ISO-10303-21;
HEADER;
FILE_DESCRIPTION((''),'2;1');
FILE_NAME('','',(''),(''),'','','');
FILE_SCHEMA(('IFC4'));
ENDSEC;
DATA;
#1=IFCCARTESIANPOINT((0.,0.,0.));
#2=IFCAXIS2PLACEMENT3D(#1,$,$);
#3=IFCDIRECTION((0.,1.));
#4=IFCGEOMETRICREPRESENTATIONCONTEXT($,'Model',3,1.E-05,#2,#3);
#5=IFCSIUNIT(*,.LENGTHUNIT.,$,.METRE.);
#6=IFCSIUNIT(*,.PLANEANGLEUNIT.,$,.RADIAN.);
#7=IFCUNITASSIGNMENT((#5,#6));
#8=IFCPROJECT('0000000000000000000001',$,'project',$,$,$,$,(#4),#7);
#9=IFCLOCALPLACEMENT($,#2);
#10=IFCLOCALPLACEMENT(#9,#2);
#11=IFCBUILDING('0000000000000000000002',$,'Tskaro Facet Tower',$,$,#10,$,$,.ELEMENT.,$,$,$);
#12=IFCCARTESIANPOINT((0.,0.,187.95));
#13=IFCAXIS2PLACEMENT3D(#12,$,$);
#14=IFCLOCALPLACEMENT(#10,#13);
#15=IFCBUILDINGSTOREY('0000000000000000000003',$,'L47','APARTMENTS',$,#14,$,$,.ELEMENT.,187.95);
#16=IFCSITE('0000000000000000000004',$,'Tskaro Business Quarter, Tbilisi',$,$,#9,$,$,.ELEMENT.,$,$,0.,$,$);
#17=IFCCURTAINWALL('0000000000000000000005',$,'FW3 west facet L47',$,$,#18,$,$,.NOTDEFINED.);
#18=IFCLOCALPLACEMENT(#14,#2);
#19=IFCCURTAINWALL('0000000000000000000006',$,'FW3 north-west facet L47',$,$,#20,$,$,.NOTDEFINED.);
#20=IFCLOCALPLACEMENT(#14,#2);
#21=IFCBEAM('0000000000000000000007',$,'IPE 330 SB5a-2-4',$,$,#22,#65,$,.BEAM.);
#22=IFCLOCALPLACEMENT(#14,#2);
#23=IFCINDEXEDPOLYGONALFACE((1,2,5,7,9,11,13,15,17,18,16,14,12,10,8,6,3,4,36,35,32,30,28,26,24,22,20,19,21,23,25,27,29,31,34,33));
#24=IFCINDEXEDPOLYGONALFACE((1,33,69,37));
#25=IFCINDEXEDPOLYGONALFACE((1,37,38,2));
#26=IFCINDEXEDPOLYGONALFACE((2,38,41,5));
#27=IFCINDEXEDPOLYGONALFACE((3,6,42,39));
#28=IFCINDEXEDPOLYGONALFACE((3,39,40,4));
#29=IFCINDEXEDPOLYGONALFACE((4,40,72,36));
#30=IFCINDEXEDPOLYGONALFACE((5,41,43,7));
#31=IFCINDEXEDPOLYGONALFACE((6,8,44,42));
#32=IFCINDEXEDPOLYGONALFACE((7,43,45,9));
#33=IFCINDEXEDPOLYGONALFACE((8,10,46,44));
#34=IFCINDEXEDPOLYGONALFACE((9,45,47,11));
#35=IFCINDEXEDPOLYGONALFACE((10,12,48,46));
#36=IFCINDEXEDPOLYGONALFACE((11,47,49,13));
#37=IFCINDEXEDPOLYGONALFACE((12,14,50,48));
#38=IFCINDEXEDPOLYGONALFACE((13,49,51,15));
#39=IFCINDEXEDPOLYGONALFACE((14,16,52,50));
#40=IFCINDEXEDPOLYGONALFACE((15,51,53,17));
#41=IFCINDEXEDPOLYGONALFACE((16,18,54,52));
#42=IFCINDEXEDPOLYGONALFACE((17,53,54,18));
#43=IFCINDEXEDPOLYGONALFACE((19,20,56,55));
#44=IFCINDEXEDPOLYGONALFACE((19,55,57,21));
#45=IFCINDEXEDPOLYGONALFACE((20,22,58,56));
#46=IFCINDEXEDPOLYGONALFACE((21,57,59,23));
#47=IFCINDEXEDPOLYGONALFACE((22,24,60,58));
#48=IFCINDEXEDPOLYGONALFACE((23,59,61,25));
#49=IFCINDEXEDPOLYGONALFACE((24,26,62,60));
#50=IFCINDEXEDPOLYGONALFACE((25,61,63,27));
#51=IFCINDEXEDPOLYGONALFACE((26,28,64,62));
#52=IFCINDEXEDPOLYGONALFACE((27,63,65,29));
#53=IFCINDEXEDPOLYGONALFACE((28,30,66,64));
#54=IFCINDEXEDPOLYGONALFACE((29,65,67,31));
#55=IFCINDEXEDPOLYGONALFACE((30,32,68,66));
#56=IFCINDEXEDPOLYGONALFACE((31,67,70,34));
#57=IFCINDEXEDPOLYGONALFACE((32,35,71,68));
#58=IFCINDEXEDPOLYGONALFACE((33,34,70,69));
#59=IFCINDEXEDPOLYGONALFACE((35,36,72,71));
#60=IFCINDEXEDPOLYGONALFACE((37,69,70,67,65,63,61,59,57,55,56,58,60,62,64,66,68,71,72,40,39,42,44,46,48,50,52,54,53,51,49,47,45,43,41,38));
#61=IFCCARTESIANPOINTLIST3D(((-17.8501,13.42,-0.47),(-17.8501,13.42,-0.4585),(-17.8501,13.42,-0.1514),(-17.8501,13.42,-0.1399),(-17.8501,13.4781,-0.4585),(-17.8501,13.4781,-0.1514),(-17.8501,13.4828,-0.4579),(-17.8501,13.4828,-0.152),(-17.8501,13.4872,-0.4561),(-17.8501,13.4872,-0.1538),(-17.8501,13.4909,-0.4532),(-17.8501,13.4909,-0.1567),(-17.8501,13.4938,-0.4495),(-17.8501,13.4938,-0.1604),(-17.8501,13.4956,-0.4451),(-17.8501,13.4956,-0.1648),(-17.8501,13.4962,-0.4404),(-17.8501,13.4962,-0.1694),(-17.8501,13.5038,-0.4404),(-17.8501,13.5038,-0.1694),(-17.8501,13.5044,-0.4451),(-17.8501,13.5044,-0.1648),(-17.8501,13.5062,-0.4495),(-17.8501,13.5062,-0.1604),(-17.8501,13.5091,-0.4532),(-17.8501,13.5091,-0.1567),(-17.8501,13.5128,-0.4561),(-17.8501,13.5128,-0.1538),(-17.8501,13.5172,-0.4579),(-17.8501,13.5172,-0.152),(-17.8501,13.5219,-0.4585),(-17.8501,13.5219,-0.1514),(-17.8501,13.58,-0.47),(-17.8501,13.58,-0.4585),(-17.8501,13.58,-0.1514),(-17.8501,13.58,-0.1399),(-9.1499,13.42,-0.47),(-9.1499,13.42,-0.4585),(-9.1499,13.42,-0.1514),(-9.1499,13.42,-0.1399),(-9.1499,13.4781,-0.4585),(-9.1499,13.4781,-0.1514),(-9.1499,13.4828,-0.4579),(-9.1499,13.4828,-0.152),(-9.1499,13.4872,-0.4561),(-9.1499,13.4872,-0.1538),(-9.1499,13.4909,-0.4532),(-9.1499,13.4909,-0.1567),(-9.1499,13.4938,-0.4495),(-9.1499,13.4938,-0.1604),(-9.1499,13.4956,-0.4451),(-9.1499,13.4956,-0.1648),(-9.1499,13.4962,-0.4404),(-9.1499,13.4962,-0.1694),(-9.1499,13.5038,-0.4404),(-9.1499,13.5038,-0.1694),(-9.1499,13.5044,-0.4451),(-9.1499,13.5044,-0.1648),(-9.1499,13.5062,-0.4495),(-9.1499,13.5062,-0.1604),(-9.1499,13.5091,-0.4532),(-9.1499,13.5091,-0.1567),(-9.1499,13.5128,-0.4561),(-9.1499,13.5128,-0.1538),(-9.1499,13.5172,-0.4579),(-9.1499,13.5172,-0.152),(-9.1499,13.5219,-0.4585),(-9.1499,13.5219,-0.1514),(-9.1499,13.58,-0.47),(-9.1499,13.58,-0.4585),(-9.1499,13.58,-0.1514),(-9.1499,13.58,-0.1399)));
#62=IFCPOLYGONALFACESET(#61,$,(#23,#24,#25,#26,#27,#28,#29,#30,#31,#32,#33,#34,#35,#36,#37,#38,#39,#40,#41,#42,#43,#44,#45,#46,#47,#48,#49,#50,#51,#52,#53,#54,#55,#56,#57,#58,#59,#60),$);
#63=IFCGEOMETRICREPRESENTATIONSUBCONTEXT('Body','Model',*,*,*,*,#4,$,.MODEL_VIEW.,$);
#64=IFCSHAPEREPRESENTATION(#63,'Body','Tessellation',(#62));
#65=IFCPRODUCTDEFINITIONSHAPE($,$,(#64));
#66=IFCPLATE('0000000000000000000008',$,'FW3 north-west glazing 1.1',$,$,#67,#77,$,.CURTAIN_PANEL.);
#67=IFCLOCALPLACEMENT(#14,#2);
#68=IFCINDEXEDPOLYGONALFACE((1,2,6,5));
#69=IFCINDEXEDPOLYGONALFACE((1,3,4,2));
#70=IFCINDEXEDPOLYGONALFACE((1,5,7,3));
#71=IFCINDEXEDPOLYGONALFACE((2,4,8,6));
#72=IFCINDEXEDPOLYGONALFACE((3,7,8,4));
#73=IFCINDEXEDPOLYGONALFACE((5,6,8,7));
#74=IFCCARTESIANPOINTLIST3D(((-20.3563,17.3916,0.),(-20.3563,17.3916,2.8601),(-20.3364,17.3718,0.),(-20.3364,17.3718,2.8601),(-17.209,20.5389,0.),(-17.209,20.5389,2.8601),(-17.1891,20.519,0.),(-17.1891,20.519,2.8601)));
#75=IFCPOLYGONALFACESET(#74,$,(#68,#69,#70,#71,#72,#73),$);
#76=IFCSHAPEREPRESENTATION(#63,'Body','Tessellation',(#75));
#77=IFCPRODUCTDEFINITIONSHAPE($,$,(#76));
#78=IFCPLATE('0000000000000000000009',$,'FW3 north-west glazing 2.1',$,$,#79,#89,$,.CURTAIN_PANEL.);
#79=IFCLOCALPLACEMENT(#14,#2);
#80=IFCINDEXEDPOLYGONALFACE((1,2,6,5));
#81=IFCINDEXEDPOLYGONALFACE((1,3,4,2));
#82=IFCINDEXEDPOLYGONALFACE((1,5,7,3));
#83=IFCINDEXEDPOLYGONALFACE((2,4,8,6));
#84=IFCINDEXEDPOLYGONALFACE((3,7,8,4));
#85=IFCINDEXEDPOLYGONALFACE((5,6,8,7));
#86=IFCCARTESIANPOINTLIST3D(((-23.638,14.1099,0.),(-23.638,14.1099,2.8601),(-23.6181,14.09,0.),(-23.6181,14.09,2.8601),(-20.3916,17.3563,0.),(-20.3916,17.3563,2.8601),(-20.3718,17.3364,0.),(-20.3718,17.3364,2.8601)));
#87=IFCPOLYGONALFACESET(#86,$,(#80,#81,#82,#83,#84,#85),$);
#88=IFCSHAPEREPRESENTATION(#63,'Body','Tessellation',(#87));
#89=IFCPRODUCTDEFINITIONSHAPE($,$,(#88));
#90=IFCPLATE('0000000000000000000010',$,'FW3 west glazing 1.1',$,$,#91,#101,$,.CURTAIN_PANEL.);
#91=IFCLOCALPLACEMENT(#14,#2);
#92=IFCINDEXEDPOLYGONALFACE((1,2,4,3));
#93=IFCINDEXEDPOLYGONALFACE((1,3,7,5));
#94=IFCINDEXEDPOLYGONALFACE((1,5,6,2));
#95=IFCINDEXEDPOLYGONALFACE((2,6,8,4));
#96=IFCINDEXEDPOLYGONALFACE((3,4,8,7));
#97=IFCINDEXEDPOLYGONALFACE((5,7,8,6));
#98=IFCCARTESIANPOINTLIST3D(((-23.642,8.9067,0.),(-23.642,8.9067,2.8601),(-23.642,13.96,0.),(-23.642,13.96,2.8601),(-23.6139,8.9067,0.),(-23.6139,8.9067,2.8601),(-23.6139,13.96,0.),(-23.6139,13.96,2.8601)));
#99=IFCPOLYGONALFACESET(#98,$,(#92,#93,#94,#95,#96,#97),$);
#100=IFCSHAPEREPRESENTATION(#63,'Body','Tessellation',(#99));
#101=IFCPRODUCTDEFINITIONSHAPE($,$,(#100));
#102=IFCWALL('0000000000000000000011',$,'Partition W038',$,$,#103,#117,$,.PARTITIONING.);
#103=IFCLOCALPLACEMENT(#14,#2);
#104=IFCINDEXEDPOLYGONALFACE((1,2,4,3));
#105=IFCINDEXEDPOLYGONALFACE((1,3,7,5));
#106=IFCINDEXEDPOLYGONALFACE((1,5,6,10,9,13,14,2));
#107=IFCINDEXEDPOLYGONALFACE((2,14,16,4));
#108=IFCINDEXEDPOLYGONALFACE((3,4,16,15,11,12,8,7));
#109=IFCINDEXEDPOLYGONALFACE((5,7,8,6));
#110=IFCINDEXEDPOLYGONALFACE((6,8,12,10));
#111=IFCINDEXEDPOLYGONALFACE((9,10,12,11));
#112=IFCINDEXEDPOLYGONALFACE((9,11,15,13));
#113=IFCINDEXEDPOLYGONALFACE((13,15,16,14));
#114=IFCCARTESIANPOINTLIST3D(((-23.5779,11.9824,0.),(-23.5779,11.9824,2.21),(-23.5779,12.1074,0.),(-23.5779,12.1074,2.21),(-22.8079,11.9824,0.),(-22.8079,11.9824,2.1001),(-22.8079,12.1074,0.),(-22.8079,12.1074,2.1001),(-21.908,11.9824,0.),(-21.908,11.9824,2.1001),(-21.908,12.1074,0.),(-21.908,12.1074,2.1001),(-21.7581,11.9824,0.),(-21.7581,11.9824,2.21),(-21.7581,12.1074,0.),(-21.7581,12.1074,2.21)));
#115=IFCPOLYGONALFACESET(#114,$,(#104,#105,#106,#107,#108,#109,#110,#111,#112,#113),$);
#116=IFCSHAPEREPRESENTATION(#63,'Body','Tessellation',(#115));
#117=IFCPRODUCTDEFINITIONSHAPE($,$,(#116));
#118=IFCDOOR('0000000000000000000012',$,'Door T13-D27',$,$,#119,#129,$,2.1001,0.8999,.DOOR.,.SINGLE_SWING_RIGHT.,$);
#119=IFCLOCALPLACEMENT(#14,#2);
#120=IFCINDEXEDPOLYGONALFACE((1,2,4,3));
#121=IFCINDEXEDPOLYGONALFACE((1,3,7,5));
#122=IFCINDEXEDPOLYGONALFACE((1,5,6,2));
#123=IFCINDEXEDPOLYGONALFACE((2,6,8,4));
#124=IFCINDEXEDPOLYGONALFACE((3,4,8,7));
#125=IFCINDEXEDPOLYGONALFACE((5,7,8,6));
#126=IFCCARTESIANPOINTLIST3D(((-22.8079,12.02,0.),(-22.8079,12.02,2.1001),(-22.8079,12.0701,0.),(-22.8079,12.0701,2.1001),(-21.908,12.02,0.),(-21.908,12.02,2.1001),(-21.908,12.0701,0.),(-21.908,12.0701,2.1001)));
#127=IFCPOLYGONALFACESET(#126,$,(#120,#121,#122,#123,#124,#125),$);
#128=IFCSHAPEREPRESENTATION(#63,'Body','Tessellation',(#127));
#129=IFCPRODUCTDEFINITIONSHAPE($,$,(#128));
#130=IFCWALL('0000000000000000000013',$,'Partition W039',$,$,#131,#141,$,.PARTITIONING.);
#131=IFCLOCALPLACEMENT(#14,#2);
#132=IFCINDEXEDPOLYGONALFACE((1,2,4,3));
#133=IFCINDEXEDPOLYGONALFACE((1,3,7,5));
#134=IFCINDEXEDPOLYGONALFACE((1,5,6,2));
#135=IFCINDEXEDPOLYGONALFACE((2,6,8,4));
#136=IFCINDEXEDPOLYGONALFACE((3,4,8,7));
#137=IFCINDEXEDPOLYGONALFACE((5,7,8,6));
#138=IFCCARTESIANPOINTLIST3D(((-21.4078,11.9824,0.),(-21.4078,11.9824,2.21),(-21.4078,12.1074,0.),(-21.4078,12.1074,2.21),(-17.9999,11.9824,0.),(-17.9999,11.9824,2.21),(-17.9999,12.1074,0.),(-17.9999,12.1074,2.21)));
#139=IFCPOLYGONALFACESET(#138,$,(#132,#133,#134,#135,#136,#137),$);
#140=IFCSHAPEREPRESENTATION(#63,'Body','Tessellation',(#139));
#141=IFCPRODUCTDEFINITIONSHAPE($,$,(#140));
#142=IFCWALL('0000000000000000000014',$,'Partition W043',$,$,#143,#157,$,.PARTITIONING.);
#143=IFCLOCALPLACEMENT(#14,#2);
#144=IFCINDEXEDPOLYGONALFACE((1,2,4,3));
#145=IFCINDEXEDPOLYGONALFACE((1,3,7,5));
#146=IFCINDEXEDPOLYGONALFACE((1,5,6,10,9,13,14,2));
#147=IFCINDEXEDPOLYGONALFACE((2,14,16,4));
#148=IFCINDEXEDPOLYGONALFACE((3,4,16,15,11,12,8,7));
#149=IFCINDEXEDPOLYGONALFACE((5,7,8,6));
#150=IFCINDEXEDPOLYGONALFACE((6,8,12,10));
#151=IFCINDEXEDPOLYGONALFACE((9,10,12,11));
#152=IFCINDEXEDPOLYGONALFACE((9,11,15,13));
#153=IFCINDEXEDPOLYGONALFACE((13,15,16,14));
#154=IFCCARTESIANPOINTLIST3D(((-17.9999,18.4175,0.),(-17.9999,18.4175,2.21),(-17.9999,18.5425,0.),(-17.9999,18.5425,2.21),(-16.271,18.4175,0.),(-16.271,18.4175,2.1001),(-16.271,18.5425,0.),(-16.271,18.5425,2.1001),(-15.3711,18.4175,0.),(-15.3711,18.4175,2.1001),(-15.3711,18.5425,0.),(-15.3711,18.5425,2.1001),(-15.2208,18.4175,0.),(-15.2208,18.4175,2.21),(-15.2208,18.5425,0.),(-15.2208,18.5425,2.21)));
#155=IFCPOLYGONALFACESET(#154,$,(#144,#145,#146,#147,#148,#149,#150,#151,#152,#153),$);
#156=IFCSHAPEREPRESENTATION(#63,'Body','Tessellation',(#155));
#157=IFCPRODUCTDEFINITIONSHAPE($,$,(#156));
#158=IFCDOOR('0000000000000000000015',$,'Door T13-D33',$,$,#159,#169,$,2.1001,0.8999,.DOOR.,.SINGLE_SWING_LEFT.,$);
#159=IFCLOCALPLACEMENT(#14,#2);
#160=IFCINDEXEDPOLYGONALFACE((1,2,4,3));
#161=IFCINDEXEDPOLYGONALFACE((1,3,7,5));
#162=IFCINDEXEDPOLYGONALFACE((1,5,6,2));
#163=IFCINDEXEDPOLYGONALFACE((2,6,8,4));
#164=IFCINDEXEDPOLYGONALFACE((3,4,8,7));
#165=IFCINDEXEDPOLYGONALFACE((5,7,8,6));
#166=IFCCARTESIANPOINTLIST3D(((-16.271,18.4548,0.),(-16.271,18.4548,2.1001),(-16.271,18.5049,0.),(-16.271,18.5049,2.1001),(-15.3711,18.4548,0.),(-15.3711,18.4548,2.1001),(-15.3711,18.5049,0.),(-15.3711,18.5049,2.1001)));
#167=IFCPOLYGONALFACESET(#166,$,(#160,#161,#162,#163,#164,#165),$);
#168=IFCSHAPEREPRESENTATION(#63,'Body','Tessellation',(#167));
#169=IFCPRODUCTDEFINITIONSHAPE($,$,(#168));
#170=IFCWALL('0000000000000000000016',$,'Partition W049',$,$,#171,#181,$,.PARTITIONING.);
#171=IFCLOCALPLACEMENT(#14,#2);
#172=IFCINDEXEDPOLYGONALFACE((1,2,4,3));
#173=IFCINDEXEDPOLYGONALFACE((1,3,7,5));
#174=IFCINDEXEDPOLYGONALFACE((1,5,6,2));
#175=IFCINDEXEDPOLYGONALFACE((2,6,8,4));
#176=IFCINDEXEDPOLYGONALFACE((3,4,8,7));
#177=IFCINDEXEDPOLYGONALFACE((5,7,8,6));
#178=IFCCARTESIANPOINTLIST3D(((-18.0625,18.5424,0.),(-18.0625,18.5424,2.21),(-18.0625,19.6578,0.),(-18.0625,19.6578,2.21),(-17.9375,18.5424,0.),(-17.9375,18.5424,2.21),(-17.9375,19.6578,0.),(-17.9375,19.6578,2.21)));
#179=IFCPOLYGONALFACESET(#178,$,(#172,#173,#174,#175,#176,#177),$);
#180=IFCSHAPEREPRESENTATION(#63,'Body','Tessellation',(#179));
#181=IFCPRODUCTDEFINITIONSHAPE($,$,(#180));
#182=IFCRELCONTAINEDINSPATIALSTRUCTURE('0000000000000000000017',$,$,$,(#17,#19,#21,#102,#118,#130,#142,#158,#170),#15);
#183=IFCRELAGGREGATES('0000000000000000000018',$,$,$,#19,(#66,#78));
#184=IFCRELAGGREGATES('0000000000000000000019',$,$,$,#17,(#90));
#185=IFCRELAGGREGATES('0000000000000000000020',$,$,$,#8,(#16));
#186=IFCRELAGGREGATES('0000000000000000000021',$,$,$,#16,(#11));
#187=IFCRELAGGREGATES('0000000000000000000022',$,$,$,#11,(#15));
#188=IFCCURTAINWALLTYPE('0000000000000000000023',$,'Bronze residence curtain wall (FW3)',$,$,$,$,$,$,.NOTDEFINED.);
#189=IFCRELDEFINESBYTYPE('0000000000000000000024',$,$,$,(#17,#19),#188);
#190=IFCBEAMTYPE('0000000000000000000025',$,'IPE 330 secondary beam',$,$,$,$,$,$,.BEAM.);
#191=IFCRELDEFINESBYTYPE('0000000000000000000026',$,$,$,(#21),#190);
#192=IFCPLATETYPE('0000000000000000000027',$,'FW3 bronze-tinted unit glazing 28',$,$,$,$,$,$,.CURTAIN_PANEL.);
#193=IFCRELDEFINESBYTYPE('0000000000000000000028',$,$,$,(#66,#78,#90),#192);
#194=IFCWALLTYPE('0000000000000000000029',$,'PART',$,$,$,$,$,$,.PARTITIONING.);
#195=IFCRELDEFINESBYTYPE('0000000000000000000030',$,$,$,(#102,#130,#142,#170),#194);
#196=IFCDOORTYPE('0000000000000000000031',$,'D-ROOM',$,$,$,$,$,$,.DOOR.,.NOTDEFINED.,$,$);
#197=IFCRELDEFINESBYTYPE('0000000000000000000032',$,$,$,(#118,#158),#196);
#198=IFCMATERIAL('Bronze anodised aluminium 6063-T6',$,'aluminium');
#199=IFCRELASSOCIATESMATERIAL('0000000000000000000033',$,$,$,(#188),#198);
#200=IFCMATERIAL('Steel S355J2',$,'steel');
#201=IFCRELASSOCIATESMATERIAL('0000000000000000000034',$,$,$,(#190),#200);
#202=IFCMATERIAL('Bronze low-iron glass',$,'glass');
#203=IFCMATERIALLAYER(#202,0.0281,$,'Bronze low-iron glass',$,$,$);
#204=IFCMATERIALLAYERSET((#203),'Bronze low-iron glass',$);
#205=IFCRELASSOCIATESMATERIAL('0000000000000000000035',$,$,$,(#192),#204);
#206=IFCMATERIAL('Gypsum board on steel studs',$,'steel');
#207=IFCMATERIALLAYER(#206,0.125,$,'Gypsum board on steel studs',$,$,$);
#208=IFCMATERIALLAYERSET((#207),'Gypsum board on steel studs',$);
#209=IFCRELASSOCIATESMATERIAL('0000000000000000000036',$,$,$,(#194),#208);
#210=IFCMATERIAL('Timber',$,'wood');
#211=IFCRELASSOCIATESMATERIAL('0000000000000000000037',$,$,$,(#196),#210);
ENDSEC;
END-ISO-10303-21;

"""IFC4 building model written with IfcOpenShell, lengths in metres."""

from ifc_helpers import new_model, si_unit, direction, frame, frame_2d, origin, origin_2d, place, context, subcontext, project, spatial, rectangle, i_section, extrude, material, layer, layer_set, material_profile, profile_set, type_object, element, fill, aggregate, save


model = new_model("IFC4")

# Units and contexts
model_context = context("Model", 3, precision=1e-05, world=origin(), true_north=direction((0.0, 1.0)))
body_context = subcontext(model_context, "Body", "Model", "MODEL_VIEW")
ifc_project = project(units=[si_unit("LENGTHUNIT", "METRE"), si_unit("PLANEANGLEUNIT", "RADIAN")], contexts=[model_context])

# Site, building, storey
site_placement = place(None, origin())
site = spatial("IfcSite", under=ifc_project, at=site_placement, Name="Tskaro Business Quarter, Tbilisi", CompositionType="ELEMENT", RefElevation=0.0)
building_placement = place(site_placement, origin())
building = spatial("IfcBuilding", under=site, at=building_placement, Name="Tskaro Facet Tower", CompositionType="ELEMENT")
storey_placement = place(building_placement, frame((0.0, 0.0, 187.95)))
storey = spatial("IfcBuildingStorey", under=building, at=storey_placement, Name="L47", Description="APARTMENTS", CompositionType="ELEMENT", Elevation=187.95)

# Curtain wall
ifc_material_1 = material(Name="Bronze anodised aluminium 6063-T6", Category="aluminium")
curtain_wall_type = type_object("IfcCurtainWallType", Name="Bronze residence curtain wall (FW3)", PredefinedType="NOTDEFINED", material=ifc_material_1)
curtain_wall_1_placement = place(storey_placement, origin())
curtain_wall_1 = element("IfcCurtainWall", 1, at=curtain_wall_1_placement, inside=storey, type_object=curtain_wall_type, Name="FW3 west facet L47", PredefinedType="NOTDEFINED")

# Curtain wall
curtain_wall_2_placement = place(storey_placement, origin())
curtain_wall_2 = element("IfcCurtainWall", 2, at=curtain_wall_2_placement, inside=storey, type_object=curtain_wall_type, Name="FW3 north-west facet L47", PredefinedType="NOTDEFINED")

# Beam
ifc_material_2 = material(Name="Steel S355J2", Category="steel")
ifc_material_profile_1 = material_profile(ifc_material_2, i_section(OverallWidth=0.1599, OverallDepth=0.3301, WebThickness=0.0076, FlangeThickness=0.0115, FilletRadius=0.0181, at=origin_2d()), Name="IPE 330")
ifc_profile_set_1 = profile_set([ifc_material_profile_1], Name="Steel S355J2")
beam_type_1 = type_object("IfcBeamType", Name="IPE 330 secondary beam", PredefinedType="BEAM", material=ifc_profile_set_1)
beam_1_placement = place(storey_placement, frame((-17.8501, 13.5, -0.3049), z_axis=(1.0, 0.0, 0.0), x_axis=(0.0, 1.0, 0.0)))
element("IfcBeam", 3, at=beam_1_placement, inside=storey, type_object=beam_type_1, Name="IPE 330 SB5a-2-4", PredefinedType="BEAM", context=body_context, shape_type="SweptSolid", body=[
    extrude(i_section(OverallWidth=0.1599, OverallDepth=0.3301, WebThickness=0.0076, FlangeThickness=0.0115, FilletRadius=0.0181, at=origin_2d()), origin(), (0.0, 0.0, 1.0), 8.7002),
])

# Plates
ifc_material_3 = material(Name="Bronze low-iron glass", Category="glass")
ifc_layer_1 = layer(ifc_material_3, 0.0281, Name="Bronze low-iron glass")
ifc_layer_set_1 = layer_set([ifc_layer_1], Name="Bronze low-iron glass")
plate_type = type_object("IfcPlateType", Name="FW3 bronze-tinted unit glazing 28", PredefinedType="CURTAIN_PANEL", material=ifc_layer_set_1)
plate_1_placement = place(storey_placement, frame((-18.7727, 18.9553, 0.0), z_axis=(0.0, 0.0, 1.0), x_axis=(-0.707107, -0.707107, 0.0)))
plate_1 = element("IfcPlate", 4, at=plate_1_placement, type_object=plate_type, Name="FW3 north-west glazing 1.1", PredefinedType="CURTAIN_PANEL", context=body_context, shape_type="SweptSolid", body=[
    extrude(rectangle(XDim=4.4509, YDim=0.0281, at=origin_2d()), origin(), (0.0, 0.0, 1.0), 2.8601),
])
plate_2_placement = place(storey_placement, frame((-22.0049, 15.7231, 0.0), z_axis=(0.0, 0.0, 1.0), x_axis=(-0.707107, -0.707107, 0.0)))
plate_2 = element("IfcPlate", 5, at=plate_2_placement, type_object=plate_type, Name="FW3 north-west glazing 2.1", PredefinedType="CURTAIN_PANEL", context=body_context, shape_type="SweptSolid", body=[
    extrude(rectangle(XDim=4.5911, YDim=0.0281, at=origin_2d()), origin(), (0.0, 0.0, 1.0), 2.8601),
])
aggregate(curtain_wall_2, [plate_1, plate_2])
plate_3_placement = place(storey_placement, frame((-23.6279, 11.4333, 0.0), z_axis=(0.0, 0.0, 1.0), x_axis=(0.0, -1.0, 0.0)))
plate_3 = element("IfcPlate", 6, at=plate_3_placement, type_object=plate_type, Name="FW3 west glazing 1.1", PredefinedType="CURTAIN_PANEL", context=body_context, shape_type="SweptSolid", body=[
    extrude(rectangle(XDim=5.0532, YDim=0.0281, at=origin_2d()), origin(), (0.0, 0.0, 1.0), 2.8601),
])
aggregate(curtain_wall_1, [plate_3])

# Wall, opening, door
ifc_material_4 = material(Name="Gypsum board on steel studs", Category="steel")
ifc_layer_2 = layer(ifc_material_4, 0.125, Name="Gypsum board on steel studs")
ifc_layer_set_2 = layer_set([ifc_layer_2], Name="Gypsum board on steel studs")
wall_type = type_object("IfcWallType", Name="PART", PredefinedType="PARTITIONING", material=ifc_layer_set_2)
wall_1_placement = place(storey_placement, frame((-21.7581, 12.0449, 0.0), z_axis=(0.0, 0.0, 1.0), x_axis=(-1.0, 0.0, 0.0)))
wall_1 = element("IfcWall", 7, at=wall_1_placement, inside=storey, type_object=wall_type, Name="Partition W038", PredefinedType="PARTITIONING", context=body_context, shape_type="SweptSolid", body=[
    extrude(rectangle(XDim=1.8198, YDim=0.125, at=frame_2d((0.9099, 0.0))), origin(), (0.0, 0.0, 1.0), 2.21),
])
opening_1_placement = place(wall_1_placement, frame((0.1499, 0.0, 0.0)))
opening_1 = element("IfcOpeningElement", 8, at=opening_1_placement, cuts=wall_1, PredefinedType="OPENING", context=body_context, shape_type="SweptSolid", body=[
    extrude(rectangle(XDim=0.8999, YDim=2.1001, at=frame_2d((0.45, 1.05))), frame((0.0, 0.0725, 0.0), z_axis=(0.0, -1.0, 0.0), x_axis=(1.0, 0.0, 0.0)), (0.0, 0.0, 1.0), 0.145),
])
ifc_material_5 = material(Name="Timber", Category="wood")
door_type = type_object("IfcDoorType", Name="D-ROOM", OperationType="NOTDEFINED", PredefinedType="DOOR", material=ifc_material_5)
door_1_placement = place(opening_1_placement, origin())
door_1 = element("IfcDoor", 9, at=door_1_placement, inside=storey, type_object=door_type, Name="Door T13-D27", OperationType="SINGLE_SWING_RIGHT", OverallHeight=2.1001, OverallWidth=0.8999, PredefinedType="DOOR", context=body_context, shape_type="SweptSolid", body=[
    extrude(rectangle(XDim=0.8999, YDim=2.1001, at=frame_2d((0.45, 1.05))), frame((0.0, 0.0249, 0.0), z_axis=(0.0, -1.0, 0.0), x_axis=(1.0, 0.0, 0.0)), (0.0, 0.0, 1.0), 0.05),
])
fill(opening_1, door_1)

# Wall
wall_2_placement = place(storey_placement, frame((-21.408, 12.0449, 0.0), z_axis=(0.0, 0.0, 1.0), x_axis=(1.0, 0.0, 0.0)))
element("IfcWall", 10, at=wall_2_placement, inside=storey, type_object=wall_type, Name="Partition W039", PredefinedType="PARTITIONING", context=body_context, shape_type="SweptSolid", body=[
    extrude(rectangle(XDim=3.408, YDim=0.125, at=frame_2d((1.7041, 0.0))), origin(), (0.0, 0.0, 1.0), 2.21),
])

# Wall, opening, door
wall_3_placement = place(storey_placement, frame((-18.0, 18.48, 0.0), z_axis=(0.0, 0.0, 1.0), x_axis=(1.0, 0.0, 0.0)))
wall_3 = element("IfcWall", 11, at=wall_3_placement, inside=storey, type_object=wall_type, Name="Partition W043", PredefinedType="PARTITIONING", context=body_context, shape_type="SweptSolid", body=[
    extrude(rectangle(XDim=2.7791, YDim=0.125, at=frame_2d((1.3896, 0.0))), origin(), (0.0, 0.0, 1.0), 2.21),
])
opening_2_placement = place(wall_3_placement, frame((1.729, 0.0, 0.0)))
opening_2 = element("IfcOpeningElement", 12, at=opening_2_placement, cuts=wall_3, PredefinedType="OPENING", context=body_context, shape_type="SweptSolid", body=[
    extrude(rectangle(XDim=0.8999, YDim=2.1001, at=frame_2d((0.45, 1.05))), frame((0.0, 0.0725, 0.0), z_axis=(0.0, -1.0, 0.0), x_axis=(1.0, 0.0, 0.0)), (0.0, 0.0, 1.0), 0.145),
])
door_2_placement = place(opening_2_placement, origin())
door_2 = element("IfcDoor", 13, at=door_2_placement, inside=storey, type_object=door_type, Name="Door T13-D33", OperationType="SINGLE_SWING_LEFT", OverallHeight=2.1001, OverallWidth=0.8999, PredefinedType="DOOR", context=body_context, shape_type="SweptSolid", body=[
    extrude(rectangle(XDim=0.8999, YDim=2.1001, at=frame_2d((0.45, 1.05))), frame((0.0, 0.0249, 0.0), z_axis=(0.0, -1.0, 0.0), x_axis=(1.0, 0.0, 0.0)), (0.0, 0.0, 1.0), 0.05),
])
fill(opening_2, door_2)

# Wall
wall_4_placement = place(storey_placement, frame((-18.0, 18.5425, 0.0), z_axis=(0.0, 0.0, 1.0), x_axis=(0.0, 1.0, 0.0)))
element("IfcWall", 14, at=wall_4_placement, inside=storey, type_object=wall_type, Name="Partition W049", PredefinedType="PARTITIONING", context=body_context, shape_type="SweptSolid", body=[
    extrude(rectangle(XDim=1.1155, YDim=0.125, at=frame_2d((0.5576, 0.0))), origin(), (0.0, 0.0, 1.0), 2.21),
])

save(model, "model.ifc")
